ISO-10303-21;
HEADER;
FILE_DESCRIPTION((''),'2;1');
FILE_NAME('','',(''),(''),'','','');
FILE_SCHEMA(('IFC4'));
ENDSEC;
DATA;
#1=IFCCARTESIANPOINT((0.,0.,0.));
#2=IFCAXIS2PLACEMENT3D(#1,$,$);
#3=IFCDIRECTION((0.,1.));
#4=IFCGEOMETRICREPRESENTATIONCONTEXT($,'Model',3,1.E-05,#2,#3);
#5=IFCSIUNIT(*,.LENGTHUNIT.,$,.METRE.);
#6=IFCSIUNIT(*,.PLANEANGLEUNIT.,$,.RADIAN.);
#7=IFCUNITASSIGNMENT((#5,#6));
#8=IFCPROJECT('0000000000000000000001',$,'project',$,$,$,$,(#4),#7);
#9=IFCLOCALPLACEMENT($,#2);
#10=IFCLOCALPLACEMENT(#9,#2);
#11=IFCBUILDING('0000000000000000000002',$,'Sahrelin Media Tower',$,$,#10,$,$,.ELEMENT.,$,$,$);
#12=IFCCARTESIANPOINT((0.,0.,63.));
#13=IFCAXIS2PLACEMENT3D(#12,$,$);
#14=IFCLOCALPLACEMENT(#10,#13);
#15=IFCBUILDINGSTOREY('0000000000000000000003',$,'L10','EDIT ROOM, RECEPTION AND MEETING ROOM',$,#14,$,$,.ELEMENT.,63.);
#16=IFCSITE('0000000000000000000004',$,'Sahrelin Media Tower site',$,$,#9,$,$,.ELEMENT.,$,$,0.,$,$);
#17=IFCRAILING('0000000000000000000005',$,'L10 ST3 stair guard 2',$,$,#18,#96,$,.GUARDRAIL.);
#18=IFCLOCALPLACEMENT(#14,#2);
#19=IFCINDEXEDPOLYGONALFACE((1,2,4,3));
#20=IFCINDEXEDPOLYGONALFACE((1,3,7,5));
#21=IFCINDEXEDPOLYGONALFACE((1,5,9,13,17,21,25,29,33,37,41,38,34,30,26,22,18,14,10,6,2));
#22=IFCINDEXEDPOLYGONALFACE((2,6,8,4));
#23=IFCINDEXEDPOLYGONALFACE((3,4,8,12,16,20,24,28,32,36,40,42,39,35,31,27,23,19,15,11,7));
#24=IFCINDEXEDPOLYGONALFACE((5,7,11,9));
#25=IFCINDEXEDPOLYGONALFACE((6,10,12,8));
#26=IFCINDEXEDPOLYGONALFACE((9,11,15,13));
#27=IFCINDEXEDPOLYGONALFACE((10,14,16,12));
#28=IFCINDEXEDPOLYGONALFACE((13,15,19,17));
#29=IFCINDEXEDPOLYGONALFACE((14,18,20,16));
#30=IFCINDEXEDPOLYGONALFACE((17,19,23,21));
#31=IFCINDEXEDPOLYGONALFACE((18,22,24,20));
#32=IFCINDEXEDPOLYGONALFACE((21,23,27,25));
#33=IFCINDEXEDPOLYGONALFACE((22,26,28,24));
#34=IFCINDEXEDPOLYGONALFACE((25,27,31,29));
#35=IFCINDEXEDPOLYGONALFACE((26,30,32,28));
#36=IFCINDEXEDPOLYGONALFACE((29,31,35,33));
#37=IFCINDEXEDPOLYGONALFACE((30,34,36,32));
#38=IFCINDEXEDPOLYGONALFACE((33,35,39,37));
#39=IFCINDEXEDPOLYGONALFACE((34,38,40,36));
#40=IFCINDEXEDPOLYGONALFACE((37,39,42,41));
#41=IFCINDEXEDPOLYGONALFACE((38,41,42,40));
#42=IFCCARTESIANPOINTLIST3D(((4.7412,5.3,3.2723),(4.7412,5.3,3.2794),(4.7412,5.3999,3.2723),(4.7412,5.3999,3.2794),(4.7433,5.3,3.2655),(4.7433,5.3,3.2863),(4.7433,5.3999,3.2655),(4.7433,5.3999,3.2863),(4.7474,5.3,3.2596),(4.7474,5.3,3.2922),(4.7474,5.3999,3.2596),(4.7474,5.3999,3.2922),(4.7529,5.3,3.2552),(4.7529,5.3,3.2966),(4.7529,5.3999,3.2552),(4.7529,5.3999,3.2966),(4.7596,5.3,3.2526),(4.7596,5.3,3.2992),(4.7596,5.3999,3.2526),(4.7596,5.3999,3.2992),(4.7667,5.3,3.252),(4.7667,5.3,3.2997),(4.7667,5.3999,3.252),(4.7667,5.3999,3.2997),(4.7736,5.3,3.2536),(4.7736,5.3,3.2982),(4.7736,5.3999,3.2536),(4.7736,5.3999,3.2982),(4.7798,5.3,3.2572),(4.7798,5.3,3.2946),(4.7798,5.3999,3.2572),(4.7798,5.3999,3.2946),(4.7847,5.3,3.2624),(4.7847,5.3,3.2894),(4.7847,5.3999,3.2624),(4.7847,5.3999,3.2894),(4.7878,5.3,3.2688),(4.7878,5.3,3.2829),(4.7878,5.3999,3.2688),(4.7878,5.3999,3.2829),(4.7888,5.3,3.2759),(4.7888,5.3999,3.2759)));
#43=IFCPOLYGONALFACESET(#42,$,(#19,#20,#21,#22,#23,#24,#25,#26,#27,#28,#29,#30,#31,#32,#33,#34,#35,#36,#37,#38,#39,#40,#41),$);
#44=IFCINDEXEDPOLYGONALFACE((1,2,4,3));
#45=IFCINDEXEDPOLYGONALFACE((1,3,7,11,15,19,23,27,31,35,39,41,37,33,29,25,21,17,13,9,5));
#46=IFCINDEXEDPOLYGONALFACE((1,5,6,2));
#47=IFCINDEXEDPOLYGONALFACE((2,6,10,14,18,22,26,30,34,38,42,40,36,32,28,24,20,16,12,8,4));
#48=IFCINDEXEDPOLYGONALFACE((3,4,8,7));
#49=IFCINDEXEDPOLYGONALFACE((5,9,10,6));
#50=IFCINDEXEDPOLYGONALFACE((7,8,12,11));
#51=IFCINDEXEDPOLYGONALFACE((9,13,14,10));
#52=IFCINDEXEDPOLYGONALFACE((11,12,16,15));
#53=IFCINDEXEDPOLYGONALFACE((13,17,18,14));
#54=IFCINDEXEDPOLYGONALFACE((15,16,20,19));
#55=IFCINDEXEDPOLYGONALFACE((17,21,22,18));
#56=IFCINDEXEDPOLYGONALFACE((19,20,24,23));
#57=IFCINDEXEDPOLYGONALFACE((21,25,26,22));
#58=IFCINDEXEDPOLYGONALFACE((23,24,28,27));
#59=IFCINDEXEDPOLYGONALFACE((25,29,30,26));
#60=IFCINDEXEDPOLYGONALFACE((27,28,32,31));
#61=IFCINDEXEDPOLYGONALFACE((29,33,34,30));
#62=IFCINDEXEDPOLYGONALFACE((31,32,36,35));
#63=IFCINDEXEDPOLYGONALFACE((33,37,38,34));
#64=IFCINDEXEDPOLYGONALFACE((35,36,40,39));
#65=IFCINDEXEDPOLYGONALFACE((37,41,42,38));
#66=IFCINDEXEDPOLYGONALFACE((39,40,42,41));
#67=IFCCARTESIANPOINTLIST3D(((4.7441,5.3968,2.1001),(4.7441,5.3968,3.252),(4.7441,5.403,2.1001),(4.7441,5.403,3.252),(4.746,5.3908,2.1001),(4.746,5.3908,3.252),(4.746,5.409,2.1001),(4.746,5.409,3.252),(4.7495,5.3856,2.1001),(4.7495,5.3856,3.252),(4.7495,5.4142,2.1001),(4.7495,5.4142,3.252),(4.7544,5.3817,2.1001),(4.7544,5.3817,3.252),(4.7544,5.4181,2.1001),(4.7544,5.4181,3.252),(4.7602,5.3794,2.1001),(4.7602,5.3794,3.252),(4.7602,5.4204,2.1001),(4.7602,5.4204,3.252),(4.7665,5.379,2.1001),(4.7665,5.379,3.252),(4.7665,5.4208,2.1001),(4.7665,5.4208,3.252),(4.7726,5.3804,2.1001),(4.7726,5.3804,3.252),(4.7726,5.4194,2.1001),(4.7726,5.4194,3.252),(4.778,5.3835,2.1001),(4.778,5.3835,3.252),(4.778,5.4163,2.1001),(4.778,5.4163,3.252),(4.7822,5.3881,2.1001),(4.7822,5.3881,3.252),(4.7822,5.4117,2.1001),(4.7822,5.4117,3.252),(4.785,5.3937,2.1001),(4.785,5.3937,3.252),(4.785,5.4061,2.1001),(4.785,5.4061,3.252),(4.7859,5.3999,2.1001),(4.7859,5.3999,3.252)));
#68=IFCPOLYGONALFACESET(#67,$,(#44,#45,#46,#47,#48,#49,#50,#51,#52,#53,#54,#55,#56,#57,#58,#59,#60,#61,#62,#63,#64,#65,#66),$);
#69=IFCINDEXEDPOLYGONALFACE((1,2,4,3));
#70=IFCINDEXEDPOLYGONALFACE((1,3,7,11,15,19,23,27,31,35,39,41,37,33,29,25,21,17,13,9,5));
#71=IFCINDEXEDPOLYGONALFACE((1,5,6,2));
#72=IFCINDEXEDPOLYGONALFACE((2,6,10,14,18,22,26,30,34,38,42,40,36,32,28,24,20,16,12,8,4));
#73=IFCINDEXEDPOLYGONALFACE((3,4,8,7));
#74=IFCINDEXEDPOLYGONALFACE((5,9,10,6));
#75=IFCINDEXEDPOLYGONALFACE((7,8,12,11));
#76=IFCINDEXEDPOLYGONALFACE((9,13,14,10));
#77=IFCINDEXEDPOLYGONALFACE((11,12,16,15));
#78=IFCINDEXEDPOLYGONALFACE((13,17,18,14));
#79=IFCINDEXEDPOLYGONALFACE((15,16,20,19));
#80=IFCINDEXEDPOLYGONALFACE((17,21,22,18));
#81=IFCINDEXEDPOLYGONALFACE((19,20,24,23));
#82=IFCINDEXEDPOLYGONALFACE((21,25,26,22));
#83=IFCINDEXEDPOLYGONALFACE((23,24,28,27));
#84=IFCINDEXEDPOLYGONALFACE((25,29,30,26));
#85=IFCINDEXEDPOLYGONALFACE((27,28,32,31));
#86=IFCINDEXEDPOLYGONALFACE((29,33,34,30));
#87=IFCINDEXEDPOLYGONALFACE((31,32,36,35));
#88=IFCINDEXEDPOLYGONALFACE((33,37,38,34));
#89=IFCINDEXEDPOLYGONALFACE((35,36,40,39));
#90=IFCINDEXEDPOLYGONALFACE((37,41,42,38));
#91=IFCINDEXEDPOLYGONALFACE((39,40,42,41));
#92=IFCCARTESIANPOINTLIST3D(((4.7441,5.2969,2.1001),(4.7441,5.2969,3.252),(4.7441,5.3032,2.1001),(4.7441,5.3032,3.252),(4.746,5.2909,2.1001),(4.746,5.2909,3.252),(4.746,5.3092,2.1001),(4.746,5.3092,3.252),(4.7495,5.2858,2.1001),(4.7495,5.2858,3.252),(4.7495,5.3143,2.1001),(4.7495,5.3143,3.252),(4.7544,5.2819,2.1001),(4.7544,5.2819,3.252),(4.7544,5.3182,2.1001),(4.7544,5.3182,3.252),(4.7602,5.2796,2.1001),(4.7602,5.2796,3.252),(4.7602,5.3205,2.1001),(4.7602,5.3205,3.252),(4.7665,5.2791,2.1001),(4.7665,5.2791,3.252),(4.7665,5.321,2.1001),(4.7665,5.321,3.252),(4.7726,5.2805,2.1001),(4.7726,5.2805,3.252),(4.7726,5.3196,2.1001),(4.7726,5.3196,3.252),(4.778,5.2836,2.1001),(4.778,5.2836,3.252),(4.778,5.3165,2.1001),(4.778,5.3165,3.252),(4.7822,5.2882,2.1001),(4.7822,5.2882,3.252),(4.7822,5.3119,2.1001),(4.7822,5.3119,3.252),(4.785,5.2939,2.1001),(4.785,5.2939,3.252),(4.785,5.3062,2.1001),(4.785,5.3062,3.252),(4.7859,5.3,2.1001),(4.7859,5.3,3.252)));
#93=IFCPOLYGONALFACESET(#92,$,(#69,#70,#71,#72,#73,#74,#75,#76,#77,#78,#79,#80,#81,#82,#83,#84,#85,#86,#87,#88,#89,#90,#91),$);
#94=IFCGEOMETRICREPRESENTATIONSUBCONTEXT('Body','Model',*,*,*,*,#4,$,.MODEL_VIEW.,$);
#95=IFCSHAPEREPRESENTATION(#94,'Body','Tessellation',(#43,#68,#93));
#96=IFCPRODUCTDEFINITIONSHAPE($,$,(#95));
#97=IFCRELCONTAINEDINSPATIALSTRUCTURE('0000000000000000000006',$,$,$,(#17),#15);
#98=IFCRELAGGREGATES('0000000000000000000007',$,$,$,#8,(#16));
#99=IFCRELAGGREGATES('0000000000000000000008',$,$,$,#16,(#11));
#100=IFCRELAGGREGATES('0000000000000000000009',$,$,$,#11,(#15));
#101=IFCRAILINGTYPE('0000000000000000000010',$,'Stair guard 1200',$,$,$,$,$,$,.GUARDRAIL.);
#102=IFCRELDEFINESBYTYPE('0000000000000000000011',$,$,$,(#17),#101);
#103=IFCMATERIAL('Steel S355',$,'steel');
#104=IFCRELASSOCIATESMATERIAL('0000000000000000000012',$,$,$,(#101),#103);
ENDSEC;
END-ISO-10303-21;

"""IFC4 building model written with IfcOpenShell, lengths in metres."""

from ifc_helpers import new_model, si_unit, direction, frame, origin, origin_2d, place, context, subcontext, project, spatial, circle, extrude, material, type_object, element, save


model = new_model("IFC4")

# Units and contexts
model_context = context("Model", 3, precision=1e-05, world=origin(), true_north=direction((0.0, 1.0)))
body_context = subcontext(model_context, "Body", "Model", "MODEL_VIEW")
ifc_project = project(units=[si_unit("LENGTHUNIT", "METRE"), si_unit("PLANEANGLEUNIT", "RADIAN")], contexts=[model_context])

# Site, building, storey
site_placement = place(None, origin())
site = spatial("IfcSite", under=ifc_project, at=site_placement, Name="Sahrelin Media Tower site", CompositionType="ELEMENT", RefElevation=0.0)
building_placement = place(site_placement, origin())
building = spatial("IfcBuilding", under=site, at=building_placement, Name="Sahrelin Media Tower", CompositionType="ELEMENT")
storey_placement = place(building_placement, frame((0.0, 0.0, 63.0)))
storey = spatial("IfcBuildingStorey", under=building, at=storey_placement, Name="L10", Description="EDIT ROOM, RECEPTION AND MEETING ROOM", CompositionType="ELEMENT", Elevation=63.0)

# Shared definitions
ifc_material_1 = material(Name="Steel S355", Category="steel")

# Railing
railing_type_1 = type_object("IfcRailingType", Name="Stair guard 1200", PredefinedType="GUARDRAIL", material=ifc_material_1)
railing_1_placement = place(storey_placement, frame((4.7649, 5.3999, 2.1001)))
element("IfcRailing", 1, at=railing_1_placement, inside=storey, type_object=railing_type_1, Name="L10 ST3 stair guard 2", PredefinedType="GUARDRAIL", context=body_context, shape_type="SweptSolid", body=[
    extrude(circle(Radius=0.0239, at=origin_2d()), frame((0.0, 0.0, 1.1758), z_axis=(0.0, -1.0, 0.0), x_axis=(1.0, 0.0, 0.0)), (0.0, 0.0, 1.0), 0.0999),
    extrude(circle(Radius=0.021, at=origin_2d()), origin(), (0.0, 0.0, 1.0), 1.1519),
    extrude(circle(Radius=0.021, at=origin_2d()), frame((0.0, -0.0999, 0.0)), (0.0, 0.0, 1.0), 1.1519),
])

save(model, "model.ifc")
